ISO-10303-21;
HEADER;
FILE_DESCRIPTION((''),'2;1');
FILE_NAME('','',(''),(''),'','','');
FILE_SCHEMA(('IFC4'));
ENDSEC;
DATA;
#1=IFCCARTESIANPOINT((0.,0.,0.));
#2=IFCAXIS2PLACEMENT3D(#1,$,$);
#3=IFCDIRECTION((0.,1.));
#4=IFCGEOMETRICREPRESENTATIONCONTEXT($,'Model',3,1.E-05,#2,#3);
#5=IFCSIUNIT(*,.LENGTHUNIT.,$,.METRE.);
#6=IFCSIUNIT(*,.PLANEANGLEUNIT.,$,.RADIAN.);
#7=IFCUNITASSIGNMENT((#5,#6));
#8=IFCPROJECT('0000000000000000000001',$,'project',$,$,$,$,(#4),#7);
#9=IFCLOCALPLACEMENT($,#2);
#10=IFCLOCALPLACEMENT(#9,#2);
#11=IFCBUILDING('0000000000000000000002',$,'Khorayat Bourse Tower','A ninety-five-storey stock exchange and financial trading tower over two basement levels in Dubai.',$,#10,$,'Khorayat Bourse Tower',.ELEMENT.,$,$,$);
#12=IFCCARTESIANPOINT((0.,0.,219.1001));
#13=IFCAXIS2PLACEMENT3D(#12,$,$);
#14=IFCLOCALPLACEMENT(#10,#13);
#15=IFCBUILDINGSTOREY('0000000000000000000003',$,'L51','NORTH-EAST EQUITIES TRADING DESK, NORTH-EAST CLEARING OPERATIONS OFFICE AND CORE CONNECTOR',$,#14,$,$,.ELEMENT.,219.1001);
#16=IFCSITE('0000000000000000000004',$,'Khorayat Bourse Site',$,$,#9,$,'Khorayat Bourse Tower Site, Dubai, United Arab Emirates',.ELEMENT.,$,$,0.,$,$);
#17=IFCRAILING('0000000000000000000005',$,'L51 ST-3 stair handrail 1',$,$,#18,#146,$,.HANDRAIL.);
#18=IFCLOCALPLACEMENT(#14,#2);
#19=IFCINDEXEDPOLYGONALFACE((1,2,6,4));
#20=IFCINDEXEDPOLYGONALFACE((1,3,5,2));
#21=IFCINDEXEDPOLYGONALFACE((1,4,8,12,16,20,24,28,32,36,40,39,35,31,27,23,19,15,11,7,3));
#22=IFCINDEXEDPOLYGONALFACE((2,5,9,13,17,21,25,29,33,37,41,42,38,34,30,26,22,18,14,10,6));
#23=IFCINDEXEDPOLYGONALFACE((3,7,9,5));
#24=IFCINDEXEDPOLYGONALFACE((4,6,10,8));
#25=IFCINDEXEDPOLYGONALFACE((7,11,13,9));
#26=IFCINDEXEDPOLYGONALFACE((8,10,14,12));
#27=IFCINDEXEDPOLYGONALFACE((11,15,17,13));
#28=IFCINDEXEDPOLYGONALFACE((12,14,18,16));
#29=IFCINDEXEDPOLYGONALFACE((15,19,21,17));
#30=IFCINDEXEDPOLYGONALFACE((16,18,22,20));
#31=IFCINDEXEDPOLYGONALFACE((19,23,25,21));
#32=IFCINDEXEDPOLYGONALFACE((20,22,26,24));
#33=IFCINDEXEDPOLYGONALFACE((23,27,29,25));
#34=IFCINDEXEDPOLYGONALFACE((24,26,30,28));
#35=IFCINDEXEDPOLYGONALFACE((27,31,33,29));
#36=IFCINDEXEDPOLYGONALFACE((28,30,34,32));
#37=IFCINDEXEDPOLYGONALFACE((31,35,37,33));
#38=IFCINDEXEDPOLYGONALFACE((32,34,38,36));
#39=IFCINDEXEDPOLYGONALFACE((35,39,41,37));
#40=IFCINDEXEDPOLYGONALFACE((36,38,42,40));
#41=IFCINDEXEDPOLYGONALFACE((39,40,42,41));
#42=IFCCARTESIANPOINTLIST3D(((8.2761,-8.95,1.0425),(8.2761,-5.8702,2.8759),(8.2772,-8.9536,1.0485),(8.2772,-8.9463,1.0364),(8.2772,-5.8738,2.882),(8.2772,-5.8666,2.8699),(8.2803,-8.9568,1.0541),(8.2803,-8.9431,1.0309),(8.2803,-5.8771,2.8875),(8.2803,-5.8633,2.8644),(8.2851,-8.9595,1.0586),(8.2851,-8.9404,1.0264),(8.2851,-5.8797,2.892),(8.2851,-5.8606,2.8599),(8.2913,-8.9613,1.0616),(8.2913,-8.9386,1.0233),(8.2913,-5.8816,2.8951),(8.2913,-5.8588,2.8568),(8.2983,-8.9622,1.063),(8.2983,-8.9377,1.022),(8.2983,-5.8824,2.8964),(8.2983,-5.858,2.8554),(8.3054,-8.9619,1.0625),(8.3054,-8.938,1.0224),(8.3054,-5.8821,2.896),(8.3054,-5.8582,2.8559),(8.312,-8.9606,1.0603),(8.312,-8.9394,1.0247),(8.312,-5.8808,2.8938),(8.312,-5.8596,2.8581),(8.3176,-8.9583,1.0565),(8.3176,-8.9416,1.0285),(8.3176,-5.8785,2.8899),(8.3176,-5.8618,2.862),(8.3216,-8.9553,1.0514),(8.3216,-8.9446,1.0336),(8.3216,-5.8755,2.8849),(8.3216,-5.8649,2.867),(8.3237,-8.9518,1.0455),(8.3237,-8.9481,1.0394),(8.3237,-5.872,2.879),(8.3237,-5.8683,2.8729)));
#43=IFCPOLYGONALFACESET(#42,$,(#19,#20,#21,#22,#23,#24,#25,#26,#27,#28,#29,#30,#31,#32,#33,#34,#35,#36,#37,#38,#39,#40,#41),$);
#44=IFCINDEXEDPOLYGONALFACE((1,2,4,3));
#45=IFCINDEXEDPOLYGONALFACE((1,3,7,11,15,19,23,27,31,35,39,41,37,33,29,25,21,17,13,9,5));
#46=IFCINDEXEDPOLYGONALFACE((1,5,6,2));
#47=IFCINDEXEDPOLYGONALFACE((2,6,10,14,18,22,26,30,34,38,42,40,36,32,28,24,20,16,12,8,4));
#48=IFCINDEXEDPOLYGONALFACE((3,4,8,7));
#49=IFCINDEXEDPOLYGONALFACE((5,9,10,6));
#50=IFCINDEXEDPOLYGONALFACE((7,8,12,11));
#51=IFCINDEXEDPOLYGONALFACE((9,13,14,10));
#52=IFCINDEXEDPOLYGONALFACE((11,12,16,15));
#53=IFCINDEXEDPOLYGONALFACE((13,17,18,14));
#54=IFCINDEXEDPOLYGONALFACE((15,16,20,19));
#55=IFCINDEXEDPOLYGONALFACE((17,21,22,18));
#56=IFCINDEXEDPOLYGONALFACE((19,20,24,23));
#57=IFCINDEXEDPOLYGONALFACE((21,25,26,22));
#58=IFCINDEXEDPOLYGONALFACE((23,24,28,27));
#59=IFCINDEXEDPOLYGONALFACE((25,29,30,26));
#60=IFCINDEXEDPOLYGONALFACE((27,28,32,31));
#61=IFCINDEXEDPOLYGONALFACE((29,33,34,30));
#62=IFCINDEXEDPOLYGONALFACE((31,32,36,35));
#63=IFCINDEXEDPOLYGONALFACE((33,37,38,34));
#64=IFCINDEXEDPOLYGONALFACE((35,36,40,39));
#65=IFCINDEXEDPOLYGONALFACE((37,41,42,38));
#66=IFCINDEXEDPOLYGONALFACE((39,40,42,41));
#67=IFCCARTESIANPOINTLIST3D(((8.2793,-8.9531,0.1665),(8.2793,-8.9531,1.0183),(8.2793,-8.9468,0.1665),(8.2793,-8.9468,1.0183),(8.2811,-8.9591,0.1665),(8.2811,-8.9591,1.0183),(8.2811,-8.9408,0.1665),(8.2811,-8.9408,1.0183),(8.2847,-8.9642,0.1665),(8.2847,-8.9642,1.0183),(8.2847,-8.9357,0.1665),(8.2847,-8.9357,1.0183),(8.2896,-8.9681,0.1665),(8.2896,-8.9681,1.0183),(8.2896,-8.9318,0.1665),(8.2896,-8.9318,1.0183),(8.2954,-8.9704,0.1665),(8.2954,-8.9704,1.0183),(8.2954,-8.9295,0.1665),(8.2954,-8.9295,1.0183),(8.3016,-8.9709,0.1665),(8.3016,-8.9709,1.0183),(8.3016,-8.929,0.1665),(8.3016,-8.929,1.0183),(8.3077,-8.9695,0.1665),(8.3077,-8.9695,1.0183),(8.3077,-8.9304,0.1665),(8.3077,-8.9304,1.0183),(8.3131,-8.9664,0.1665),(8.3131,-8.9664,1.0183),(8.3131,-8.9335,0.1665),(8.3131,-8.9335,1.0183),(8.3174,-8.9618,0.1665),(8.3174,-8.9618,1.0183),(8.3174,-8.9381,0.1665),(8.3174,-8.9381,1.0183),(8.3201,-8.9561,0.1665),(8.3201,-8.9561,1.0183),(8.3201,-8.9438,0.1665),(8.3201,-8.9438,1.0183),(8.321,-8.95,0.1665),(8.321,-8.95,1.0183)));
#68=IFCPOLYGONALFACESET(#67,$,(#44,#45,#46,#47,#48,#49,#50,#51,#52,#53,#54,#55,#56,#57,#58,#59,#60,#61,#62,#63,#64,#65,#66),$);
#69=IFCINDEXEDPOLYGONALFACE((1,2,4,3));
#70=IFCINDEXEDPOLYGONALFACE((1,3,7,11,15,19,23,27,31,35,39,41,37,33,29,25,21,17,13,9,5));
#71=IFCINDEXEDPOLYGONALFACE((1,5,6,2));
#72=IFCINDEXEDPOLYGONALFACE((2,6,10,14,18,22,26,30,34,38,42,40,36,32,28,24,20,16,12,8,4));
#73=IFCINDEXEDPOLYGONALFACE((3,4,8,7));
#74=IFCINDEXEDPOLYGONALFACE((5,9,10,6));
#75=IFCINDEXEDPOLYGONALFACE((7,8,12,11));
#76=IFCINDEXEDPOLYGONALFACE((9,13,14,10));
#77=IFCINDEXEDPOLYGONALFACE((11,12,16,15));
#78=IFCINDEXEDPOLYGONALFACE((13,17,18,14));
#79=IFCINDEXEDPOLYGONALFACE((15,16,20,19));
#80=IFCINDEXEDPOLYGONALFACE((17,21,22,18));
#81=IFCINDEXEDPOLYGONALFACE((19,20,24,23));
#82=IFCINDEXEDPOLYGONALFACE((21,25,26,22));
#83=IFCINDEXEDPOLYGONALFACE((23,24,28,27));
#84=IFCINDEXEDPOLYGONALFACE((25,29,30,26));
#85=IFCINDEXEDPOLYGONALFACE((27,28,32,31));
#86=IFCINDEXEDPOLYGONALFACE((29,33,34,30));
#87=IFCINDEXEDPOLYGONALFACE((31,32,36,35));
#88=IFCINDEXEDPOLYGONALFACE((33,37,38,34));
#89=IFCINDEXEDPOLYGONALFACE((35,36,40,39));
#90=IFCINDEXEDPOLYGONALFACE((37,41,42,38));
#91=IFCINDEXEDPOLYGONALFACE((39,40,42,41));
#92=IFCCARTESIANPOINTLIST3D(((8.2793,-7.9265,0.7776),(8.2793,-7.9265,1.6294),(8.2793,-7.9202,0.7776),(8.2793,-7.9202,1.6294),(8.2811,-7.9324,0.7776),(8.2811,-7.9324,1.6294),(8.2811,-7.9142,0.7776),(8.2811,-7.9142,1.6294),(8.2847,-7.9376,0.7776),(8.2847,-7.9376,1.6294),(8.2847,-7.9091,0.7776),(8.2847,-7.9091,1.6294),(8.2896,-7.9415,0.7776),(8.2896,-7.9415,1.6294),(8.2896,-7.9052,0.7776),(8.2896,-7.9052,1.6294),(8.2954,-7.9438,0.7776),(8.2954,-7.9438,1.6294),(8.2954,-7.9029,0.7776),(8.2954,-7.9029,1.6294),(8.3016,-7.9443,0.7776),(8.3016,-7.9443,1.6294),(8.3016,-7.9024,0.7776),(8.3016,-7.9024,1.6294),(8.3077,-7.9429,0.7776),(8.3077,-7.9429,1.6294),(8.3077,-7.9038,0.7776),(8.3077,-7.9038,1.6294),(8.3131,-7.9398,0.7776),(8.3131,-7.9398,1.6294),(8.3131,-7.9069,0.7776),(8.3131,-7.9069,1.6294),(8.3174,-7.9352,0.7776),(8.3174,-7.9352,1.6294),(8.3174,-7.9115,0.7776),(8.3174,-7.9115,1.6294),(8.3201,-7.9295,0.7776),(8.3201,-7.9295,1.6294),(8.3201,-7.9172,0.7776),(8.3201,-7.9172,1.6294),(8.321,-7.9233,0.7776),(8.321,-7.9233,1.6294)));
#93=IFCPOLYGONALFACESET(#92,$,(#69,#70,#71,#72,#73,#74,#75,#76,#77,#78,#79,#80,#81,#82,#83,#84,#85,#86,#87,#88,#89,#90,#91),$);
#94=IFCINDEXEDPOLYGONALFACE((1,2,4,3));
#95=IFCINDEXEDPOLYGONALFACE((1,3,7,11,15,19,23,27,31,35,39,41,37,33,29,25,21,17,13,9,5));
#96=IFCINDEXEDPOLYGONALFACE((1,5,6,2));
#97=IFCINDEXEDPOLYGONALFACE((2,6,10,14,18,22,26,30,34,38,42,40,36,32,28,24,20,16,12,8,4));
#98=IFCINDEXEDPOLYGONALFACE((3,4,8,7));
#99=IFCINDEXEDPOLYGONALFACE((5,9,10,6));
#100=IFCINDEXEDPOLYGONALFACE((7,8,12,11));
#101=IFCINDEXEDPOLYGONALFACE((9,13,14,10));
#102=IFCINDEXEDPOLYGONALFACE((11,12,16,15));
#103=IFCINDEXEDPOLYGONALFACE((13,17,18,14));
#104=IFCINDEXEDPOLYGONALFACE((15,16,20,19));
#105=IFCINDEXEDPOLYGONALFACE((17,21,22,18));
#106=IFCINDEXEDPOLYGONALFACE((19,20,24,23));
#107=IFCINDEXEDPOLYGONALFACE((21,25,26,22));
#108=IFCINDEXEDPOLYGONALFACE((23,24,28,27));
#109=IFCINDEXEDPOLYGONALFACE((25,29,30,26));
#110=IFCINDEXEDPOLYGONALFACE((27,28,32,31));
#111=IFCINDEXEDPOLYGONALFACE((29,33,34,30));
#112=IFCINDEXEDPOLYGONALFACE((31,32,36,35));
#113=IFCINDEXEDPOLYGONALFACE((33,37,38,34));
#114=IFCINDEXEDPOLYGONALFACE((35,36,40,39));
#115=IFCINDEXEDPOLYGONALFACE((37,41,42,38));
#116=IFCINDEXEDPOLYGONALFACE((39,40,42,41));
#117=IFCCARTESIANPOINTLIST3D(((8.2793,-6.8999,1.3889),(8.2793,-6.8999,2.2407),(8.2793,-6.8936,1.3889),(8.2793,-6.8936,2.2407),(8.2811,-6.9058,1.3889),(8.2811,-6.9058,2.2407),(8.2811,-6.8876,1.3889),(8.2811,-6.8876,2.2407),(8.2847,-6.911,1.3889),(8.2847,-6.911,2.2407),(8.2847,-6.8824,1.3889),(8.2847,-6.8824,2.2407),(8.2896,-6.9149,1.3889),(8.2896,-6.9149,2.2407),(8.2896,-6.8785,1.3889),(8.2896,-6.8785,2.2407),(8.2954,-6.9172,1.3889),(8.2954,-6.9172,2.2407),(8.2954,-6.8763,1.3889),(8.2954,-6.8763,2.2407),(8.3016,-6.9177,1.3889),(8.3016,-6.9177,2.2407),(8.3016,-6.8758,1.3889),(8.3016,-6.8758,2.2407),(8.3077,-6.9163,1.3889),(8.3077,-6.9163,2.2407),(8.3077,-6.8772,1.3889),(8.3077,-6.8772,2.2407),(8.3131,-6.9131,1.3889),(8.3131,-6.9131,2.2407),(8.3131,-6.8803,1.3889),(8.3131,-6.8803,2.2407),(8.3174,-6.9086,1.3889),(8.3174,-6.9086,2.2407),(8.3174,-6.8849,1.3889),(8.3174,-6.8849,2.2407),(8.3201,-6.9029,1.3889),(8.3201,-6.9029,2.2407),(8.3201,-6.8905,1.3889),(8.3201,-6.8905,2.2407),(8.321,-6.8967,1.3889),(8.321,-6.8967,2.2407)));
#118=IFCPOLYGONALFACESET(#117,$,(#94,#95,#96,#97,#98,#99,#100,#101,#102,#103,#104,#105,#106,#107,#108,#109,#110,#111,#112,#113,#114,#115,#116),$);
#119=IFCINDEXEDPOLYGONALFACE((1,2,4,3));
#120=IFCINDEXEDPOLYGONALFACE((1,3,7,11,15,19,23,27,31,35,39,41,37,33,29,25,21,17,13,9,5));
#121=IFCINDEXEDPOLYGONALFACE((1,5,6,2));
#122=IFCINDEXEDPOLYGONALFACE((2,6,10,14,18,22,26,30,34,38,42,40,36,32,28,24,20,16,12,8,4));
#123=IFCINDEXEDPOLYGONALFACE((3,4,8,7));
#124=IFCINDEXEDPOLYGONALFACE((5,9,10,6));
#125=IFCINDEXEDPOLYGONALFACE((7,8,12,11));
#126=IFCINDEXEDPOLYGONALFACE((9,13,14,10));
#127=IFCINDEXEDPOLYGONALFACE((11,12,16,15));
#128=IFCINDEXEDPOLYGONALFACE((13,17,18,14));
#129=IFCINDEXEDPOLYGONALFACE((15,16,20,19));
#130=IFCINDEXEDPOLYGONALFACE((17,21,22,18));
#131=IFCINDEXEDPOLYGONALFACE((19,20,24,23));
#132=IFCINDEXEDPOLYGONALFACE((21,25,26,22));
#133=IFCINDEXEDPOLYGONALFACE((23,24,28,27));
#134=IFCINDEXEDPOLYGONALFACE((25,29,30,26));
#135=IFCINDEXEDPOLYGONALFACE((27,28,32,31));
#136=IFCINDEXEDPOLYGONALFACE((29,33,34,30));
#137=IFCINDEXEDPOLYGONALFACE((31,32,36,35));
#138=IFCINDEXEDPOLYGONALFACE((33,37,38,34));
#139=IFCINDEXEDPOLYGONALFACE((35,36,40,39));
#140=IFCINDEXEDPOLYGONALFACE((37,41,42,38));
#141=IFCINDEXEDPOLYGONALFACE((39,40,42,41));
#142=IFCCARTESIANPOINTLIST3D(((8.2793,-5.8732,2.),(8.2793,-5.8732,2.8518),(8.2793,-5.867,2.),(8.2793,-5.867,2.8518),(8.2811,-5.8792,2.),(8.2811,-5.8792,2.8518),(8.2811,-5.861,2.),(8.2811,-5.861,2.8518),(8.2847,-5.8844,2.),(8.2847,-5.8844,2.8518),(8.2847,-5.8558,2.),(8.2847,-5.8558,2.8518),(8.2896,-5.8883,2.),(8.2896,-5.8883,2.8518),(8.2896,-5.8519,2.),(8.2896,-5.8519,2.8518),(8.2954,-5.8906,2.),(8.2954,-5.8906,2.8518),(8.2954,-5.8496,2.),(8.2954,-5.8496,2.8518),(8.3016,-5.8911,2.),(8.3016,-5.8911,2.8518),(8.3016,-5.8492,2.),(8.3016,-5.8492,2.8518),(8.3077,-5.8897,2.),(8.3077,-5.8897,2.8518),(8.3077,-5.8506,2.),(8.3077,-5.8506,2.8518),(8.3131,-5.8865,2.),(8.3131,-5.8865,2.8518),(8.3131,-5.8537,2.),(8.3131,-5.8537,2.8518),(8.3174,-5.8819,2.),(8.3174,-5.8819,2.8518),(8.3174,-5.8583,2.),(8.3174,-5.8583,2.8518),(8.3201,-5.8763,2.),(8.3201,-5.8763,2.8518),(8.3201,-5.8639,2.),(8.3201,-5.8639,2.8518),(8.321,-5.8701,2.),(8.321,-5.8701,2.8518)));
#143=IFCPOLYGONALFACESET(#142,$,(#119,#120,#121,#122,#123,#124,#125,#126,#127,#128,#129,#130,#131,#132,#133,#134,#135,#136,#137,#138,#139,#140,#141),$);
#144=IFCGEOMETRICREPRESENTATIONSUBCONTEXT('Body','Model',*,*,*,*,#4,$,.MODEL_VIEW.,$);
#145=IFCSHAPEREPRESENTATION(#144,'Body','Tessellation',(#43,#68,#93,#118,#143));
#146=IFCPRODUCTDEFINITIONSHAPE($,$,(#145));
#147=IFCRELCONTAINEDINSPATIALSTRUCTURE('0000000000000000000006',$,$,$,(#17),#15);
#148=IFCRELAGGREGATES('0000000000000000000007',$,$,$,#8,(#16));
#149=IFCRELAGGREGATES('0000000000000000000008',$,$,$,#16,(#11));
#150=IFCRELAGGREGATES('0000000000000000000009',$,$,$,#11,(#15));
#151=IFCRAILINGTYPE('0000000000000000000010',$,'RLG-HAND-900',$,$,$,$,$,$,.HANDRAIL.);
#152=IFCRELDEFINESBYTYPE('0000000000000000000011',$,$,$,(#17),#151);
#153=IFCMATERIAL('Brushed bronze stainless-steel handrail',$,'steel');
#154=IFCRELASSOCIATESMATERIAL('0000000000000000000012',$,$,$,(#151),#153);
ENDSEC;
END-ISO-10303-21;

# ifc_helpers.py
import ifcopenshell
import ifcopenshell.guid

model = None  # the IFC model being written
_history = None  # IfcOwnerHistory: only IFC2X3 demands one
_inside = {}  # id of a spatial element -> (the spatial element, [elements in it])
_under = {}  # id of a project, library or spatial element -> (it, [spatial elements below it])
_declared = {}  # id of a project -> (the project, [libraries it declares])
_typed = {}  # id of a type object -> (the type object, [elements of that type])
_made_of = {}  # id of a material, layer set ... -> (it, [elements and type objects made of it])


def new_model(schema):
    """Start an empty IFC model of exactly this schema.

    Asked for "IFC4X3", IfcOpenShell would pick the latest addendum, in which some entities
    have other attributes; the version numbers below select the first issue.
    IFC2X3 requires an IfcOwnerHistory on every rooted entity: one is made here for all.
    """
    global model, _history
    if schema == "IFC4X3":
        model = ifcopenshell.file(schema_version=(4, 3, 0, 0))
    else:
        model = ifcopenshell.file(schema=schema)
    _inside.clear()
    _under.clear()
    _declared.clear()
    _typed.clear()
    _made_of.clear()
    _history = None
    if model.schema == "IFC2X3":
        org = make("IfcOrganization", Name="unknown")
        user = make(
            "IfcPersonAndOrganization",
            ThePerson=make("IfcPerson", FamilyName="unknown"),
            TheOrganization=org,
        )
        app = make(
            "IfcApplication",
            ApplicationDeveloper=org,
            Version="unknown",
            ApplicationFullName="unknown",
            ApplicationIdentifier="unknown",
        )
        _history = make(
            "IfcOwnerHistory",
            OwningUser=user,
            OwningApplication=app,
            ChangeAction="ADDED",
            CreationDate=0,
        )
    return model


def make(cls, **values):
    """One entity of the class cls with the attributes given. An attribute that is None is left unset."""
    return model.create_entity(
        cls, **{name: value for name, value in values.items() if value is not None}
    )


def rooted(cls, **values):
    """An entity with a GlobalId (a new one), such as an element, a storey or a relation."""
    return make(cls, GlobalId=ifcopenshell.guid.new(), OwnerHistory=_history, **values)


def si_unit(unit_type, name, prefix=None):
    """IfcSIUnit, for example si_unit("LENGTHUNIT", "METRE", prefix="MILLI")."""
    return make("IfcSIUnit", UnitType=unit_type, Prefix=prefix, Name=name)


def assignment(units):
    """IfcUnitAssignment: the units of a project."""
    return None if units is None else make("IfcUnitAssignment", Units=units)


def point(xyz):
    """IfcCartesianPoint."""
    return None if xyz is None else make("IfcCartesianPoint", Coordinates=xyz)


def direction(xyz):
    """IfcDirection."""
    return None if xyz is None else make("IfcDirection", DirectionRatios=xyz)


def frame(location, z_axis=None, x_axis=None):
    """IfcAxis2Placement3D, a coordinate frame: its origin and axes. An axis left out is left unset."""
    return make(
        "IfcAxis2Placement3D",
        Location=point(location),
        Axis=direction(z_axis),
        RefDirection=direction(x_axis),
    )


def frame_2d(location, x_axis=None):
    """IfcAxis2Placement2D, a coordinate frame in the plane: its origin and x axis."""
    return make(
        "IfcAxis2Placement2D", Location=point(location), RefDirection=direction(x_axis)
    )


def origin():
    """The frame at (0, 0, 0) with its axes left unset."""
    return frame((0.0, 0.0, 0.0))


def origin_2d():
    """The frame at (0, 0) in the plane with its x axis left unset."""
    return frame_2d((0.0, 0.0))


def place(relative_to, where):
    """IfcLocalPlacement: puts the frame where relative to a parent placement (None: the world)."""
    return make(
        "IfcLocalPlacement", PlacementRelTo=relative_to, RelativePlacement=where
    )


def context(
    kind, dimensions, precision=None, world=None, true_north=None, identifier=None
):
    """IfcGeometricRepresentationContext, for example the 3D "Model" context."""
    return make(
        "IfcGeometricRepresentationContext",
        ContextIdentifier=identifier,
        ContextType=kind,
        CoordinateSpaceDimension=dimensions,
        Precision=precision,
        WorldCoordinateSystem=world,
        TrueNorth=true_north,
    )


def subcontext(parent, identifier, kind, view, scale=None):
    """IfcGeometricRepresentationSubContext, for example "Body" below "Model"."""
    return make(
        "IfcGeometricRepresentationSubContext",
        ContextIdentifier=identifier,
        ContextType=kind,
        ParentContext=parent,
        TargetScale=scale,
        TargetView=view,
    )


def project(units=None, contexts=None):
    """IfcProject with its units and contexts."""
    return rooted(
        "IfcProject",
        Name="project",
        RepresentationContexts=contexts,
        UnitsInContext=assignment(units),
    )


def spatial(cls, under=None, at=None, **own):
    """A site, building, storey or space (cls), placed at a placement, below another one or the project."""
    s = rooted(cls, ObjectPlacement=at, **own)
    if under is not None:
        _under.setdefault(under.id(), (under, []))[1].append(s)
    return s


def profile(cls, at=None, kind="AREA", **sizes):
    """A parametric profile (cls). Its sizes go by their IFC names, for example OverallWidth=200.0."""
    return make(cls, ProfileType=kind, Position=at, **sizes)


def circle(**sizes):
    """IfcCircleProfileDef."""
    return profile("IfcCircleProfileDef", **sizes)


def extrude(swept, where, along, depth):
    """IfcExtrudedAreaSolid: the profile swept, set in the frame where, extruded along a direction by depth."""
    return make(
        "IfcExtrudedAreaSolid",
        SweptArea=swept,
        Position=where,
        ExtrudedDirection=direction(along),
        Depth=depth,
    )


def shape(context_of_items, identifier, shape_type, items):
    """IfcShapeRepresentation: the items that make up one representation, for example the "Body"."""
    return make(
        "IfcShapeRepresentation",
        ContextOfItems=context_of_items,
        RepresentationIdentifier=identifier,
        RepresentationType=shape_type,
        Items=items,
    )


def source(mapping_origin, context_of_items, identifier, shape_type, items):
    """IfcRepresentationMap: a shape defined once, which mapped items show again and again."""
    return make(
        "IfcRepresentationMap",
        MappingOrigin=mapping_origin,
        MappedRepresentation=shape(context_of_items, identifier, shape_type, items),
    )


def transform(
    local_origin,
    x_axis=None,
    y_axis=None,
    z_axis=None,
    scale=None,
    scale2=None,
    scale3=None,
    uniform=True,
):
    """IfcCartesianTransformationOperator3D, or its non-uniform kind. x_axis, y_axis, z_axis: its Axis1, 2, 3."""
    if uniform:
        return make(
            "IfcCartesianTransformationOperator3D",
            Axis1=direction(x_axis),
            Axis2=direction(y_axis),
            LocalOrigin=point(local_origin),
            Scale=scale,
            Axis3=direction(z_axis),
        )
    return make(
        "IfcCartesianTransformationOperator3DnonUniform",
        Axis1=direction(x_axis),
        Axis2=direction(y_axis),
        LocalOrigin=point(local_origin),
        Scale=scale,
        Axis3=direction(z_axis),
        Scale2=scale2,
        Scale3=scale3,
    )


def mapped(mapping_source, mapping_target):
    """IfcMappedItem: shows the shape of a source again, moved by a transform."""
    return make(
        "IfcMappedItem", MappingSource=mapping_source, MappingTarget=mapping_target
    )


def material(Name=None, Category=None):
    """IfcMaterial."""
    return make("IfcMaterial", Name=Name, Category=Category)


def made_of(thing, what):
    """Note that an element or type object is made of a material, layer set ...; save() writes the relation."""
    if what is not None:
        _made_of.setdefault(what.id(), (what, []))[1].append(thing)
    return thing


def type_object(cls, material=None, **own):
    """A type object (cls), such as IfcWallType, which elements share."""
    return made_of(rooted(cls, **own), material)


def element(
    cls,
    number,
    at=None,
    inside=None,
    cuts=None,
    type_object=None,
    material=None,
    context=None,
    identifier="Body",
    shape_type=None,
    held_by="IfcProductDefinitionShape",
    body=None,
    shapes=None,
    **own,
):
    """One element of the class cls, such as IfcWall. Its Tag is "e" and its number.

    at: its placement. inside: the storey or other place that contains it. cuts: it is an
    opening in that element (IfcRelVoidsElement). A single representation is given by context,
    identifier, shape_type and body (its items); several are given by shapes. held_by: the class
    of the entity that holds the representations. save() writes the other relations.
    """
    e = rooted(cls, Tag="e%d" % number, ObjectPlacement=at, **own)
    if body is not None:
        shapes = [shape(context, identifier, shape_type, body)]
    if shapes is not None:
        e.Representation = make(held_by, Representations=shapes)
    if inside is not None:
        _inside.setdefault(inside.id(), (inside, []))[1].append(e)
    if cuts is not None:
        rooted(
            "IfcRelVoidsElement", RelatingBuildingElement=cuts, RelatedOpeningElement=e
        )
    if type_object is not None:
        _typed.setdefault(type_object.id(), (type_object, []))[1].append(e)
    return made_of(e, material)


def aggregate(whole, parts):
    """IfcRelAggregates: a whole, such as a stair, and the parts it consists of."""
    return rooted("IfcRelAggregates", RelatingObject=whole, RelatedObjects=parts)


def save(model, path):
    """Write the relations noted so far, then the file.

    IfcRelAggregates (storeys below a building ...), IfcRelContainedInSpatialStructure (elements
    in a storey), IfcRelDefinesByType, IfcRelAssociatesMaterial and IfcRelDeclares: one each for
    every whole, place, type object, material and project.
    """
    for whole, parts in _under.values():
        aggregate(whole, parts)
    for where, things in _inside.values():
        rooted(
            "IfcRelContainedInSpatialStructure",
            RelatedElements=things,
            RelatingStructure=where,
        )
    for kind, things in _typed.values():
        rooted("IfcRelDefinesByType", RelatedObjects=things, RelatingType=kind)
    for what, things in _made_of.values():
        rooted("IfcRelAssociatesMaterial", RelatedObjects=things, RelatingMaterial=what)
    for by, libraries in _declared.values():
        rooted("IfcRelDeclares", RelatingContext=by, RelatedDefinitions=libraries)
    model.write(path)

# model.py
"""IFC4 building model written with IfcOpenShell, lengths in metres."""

from ifc_helpers import new_model, si_unit, direction, frame, origin, origin_2d, place, context, subcontext, project, spatial, circle, extrude, source, transform, mapped, material, type_object, element, save


model = new_model("IFC4")

# Units and contexts
model_context = context("Model", 3, precision=1e-05, world=origin(), true_north=direction((0.0, 1.0)))
body_context = subcontext(model_context, "Body", "Model", "MODEL_VIEW")
ifc_project = project(units=[si_unit("LENGTHUNIT", "METRE"), si_unit("PLANEANGLEUNIT", "RADIAN")], contexts=[model_context])

# Site, building, storey
site_placement = place(None, origin())
site = spatial("IfcSite", under=ifc_project, at=site_placement, Name="Khorayat Bourse Site", LongName="Khorayat Bourse Tower Site, Dubai, United Arab Emirates", CompositionType="ELEMENT", RefElevation=0.0)
building_placement = place(site_placement, origin())
building = spatial("IfcBuilding", under=site, at=building_placement, Name="Khorayat Bourse Tower", Description="A ninety-five-storey stock exchange and financial trading tower over two basement levels in Dubai.", LongName="Khorayat Bourse Tower", CompositionType="ELEMENT")
storey_placement = place(building_placement, frame((0.0, 0.0, 219.1001)))
storey = spatial("IfcBuildingStorey", under=building, at=storey_placement, Name="L51", Description="NORTH-EAST EQUITIES TRADING DESK, NORTH-EAST CLEARING OPERATIONS OFFICE AND CORE CONNECTOR", CompositionType="ELEMENT", Elevation=219.1001)

# Railing
ifc_material_1 = material(Name="Brushed bronze stainless-steel handrail", Category="steel")
railing_type_1 = type_object("IfcRailingType", Name="RLG-HAND-900", PredefinedType="HANDRAIL", material=ifc_material_1)
shared_shape_1 = source(origin(), body_context, "Body", "SweptSolid", [
    extrude(circle(Radius=0.0239, at=origin_2d()), frame((0.0, 0.0, 0.876), z_axis=(0.0, 0.859261, 0.511538), x_axis=(-1.0, 0.0, 0.0)), (0.0, 0.0, 1.0), 3.5842),
    extrude(circle(Radius=0.021, at=origin_2d()), origin(), (0.0, 0.0, 1.0), 0.8518),
    extrude(circle(Radius=0.021, at=origin_2d()), frame((0.0, 1.0266, 0.6111)), (0.0, 0.0, 1.0), 0.8518),
    extrude(circle(Radius=0.021, at=origin_2d()), frame((0.0, 2.0532, 1.2224)), (0.0, 0.0, 1.0), 0.8518),
    extrude(circle(Radius=0.021, at=origin_2d()), frame((0.0, 3.0798, 1.8335)), (0.0, 0.0, 1.0), 0.8518),
])
railing_1_placement = place(storey_placement, frame((8.3, -8.95, 0.1665)))
element("IfcRailing", 1, at=railing_1_placement, inside=storey, type_object=railing_type_1, Name="L51 ST-3 stair handrail 1", PredefinedType="HANDRAIL", context=body_context, shape_type="MappedRepresentation", body=[
    mapped(shared_shape_1, transform((0.0, 0.0, 0.0), scale=1.0)),
])

save(model, "model.ifc")
